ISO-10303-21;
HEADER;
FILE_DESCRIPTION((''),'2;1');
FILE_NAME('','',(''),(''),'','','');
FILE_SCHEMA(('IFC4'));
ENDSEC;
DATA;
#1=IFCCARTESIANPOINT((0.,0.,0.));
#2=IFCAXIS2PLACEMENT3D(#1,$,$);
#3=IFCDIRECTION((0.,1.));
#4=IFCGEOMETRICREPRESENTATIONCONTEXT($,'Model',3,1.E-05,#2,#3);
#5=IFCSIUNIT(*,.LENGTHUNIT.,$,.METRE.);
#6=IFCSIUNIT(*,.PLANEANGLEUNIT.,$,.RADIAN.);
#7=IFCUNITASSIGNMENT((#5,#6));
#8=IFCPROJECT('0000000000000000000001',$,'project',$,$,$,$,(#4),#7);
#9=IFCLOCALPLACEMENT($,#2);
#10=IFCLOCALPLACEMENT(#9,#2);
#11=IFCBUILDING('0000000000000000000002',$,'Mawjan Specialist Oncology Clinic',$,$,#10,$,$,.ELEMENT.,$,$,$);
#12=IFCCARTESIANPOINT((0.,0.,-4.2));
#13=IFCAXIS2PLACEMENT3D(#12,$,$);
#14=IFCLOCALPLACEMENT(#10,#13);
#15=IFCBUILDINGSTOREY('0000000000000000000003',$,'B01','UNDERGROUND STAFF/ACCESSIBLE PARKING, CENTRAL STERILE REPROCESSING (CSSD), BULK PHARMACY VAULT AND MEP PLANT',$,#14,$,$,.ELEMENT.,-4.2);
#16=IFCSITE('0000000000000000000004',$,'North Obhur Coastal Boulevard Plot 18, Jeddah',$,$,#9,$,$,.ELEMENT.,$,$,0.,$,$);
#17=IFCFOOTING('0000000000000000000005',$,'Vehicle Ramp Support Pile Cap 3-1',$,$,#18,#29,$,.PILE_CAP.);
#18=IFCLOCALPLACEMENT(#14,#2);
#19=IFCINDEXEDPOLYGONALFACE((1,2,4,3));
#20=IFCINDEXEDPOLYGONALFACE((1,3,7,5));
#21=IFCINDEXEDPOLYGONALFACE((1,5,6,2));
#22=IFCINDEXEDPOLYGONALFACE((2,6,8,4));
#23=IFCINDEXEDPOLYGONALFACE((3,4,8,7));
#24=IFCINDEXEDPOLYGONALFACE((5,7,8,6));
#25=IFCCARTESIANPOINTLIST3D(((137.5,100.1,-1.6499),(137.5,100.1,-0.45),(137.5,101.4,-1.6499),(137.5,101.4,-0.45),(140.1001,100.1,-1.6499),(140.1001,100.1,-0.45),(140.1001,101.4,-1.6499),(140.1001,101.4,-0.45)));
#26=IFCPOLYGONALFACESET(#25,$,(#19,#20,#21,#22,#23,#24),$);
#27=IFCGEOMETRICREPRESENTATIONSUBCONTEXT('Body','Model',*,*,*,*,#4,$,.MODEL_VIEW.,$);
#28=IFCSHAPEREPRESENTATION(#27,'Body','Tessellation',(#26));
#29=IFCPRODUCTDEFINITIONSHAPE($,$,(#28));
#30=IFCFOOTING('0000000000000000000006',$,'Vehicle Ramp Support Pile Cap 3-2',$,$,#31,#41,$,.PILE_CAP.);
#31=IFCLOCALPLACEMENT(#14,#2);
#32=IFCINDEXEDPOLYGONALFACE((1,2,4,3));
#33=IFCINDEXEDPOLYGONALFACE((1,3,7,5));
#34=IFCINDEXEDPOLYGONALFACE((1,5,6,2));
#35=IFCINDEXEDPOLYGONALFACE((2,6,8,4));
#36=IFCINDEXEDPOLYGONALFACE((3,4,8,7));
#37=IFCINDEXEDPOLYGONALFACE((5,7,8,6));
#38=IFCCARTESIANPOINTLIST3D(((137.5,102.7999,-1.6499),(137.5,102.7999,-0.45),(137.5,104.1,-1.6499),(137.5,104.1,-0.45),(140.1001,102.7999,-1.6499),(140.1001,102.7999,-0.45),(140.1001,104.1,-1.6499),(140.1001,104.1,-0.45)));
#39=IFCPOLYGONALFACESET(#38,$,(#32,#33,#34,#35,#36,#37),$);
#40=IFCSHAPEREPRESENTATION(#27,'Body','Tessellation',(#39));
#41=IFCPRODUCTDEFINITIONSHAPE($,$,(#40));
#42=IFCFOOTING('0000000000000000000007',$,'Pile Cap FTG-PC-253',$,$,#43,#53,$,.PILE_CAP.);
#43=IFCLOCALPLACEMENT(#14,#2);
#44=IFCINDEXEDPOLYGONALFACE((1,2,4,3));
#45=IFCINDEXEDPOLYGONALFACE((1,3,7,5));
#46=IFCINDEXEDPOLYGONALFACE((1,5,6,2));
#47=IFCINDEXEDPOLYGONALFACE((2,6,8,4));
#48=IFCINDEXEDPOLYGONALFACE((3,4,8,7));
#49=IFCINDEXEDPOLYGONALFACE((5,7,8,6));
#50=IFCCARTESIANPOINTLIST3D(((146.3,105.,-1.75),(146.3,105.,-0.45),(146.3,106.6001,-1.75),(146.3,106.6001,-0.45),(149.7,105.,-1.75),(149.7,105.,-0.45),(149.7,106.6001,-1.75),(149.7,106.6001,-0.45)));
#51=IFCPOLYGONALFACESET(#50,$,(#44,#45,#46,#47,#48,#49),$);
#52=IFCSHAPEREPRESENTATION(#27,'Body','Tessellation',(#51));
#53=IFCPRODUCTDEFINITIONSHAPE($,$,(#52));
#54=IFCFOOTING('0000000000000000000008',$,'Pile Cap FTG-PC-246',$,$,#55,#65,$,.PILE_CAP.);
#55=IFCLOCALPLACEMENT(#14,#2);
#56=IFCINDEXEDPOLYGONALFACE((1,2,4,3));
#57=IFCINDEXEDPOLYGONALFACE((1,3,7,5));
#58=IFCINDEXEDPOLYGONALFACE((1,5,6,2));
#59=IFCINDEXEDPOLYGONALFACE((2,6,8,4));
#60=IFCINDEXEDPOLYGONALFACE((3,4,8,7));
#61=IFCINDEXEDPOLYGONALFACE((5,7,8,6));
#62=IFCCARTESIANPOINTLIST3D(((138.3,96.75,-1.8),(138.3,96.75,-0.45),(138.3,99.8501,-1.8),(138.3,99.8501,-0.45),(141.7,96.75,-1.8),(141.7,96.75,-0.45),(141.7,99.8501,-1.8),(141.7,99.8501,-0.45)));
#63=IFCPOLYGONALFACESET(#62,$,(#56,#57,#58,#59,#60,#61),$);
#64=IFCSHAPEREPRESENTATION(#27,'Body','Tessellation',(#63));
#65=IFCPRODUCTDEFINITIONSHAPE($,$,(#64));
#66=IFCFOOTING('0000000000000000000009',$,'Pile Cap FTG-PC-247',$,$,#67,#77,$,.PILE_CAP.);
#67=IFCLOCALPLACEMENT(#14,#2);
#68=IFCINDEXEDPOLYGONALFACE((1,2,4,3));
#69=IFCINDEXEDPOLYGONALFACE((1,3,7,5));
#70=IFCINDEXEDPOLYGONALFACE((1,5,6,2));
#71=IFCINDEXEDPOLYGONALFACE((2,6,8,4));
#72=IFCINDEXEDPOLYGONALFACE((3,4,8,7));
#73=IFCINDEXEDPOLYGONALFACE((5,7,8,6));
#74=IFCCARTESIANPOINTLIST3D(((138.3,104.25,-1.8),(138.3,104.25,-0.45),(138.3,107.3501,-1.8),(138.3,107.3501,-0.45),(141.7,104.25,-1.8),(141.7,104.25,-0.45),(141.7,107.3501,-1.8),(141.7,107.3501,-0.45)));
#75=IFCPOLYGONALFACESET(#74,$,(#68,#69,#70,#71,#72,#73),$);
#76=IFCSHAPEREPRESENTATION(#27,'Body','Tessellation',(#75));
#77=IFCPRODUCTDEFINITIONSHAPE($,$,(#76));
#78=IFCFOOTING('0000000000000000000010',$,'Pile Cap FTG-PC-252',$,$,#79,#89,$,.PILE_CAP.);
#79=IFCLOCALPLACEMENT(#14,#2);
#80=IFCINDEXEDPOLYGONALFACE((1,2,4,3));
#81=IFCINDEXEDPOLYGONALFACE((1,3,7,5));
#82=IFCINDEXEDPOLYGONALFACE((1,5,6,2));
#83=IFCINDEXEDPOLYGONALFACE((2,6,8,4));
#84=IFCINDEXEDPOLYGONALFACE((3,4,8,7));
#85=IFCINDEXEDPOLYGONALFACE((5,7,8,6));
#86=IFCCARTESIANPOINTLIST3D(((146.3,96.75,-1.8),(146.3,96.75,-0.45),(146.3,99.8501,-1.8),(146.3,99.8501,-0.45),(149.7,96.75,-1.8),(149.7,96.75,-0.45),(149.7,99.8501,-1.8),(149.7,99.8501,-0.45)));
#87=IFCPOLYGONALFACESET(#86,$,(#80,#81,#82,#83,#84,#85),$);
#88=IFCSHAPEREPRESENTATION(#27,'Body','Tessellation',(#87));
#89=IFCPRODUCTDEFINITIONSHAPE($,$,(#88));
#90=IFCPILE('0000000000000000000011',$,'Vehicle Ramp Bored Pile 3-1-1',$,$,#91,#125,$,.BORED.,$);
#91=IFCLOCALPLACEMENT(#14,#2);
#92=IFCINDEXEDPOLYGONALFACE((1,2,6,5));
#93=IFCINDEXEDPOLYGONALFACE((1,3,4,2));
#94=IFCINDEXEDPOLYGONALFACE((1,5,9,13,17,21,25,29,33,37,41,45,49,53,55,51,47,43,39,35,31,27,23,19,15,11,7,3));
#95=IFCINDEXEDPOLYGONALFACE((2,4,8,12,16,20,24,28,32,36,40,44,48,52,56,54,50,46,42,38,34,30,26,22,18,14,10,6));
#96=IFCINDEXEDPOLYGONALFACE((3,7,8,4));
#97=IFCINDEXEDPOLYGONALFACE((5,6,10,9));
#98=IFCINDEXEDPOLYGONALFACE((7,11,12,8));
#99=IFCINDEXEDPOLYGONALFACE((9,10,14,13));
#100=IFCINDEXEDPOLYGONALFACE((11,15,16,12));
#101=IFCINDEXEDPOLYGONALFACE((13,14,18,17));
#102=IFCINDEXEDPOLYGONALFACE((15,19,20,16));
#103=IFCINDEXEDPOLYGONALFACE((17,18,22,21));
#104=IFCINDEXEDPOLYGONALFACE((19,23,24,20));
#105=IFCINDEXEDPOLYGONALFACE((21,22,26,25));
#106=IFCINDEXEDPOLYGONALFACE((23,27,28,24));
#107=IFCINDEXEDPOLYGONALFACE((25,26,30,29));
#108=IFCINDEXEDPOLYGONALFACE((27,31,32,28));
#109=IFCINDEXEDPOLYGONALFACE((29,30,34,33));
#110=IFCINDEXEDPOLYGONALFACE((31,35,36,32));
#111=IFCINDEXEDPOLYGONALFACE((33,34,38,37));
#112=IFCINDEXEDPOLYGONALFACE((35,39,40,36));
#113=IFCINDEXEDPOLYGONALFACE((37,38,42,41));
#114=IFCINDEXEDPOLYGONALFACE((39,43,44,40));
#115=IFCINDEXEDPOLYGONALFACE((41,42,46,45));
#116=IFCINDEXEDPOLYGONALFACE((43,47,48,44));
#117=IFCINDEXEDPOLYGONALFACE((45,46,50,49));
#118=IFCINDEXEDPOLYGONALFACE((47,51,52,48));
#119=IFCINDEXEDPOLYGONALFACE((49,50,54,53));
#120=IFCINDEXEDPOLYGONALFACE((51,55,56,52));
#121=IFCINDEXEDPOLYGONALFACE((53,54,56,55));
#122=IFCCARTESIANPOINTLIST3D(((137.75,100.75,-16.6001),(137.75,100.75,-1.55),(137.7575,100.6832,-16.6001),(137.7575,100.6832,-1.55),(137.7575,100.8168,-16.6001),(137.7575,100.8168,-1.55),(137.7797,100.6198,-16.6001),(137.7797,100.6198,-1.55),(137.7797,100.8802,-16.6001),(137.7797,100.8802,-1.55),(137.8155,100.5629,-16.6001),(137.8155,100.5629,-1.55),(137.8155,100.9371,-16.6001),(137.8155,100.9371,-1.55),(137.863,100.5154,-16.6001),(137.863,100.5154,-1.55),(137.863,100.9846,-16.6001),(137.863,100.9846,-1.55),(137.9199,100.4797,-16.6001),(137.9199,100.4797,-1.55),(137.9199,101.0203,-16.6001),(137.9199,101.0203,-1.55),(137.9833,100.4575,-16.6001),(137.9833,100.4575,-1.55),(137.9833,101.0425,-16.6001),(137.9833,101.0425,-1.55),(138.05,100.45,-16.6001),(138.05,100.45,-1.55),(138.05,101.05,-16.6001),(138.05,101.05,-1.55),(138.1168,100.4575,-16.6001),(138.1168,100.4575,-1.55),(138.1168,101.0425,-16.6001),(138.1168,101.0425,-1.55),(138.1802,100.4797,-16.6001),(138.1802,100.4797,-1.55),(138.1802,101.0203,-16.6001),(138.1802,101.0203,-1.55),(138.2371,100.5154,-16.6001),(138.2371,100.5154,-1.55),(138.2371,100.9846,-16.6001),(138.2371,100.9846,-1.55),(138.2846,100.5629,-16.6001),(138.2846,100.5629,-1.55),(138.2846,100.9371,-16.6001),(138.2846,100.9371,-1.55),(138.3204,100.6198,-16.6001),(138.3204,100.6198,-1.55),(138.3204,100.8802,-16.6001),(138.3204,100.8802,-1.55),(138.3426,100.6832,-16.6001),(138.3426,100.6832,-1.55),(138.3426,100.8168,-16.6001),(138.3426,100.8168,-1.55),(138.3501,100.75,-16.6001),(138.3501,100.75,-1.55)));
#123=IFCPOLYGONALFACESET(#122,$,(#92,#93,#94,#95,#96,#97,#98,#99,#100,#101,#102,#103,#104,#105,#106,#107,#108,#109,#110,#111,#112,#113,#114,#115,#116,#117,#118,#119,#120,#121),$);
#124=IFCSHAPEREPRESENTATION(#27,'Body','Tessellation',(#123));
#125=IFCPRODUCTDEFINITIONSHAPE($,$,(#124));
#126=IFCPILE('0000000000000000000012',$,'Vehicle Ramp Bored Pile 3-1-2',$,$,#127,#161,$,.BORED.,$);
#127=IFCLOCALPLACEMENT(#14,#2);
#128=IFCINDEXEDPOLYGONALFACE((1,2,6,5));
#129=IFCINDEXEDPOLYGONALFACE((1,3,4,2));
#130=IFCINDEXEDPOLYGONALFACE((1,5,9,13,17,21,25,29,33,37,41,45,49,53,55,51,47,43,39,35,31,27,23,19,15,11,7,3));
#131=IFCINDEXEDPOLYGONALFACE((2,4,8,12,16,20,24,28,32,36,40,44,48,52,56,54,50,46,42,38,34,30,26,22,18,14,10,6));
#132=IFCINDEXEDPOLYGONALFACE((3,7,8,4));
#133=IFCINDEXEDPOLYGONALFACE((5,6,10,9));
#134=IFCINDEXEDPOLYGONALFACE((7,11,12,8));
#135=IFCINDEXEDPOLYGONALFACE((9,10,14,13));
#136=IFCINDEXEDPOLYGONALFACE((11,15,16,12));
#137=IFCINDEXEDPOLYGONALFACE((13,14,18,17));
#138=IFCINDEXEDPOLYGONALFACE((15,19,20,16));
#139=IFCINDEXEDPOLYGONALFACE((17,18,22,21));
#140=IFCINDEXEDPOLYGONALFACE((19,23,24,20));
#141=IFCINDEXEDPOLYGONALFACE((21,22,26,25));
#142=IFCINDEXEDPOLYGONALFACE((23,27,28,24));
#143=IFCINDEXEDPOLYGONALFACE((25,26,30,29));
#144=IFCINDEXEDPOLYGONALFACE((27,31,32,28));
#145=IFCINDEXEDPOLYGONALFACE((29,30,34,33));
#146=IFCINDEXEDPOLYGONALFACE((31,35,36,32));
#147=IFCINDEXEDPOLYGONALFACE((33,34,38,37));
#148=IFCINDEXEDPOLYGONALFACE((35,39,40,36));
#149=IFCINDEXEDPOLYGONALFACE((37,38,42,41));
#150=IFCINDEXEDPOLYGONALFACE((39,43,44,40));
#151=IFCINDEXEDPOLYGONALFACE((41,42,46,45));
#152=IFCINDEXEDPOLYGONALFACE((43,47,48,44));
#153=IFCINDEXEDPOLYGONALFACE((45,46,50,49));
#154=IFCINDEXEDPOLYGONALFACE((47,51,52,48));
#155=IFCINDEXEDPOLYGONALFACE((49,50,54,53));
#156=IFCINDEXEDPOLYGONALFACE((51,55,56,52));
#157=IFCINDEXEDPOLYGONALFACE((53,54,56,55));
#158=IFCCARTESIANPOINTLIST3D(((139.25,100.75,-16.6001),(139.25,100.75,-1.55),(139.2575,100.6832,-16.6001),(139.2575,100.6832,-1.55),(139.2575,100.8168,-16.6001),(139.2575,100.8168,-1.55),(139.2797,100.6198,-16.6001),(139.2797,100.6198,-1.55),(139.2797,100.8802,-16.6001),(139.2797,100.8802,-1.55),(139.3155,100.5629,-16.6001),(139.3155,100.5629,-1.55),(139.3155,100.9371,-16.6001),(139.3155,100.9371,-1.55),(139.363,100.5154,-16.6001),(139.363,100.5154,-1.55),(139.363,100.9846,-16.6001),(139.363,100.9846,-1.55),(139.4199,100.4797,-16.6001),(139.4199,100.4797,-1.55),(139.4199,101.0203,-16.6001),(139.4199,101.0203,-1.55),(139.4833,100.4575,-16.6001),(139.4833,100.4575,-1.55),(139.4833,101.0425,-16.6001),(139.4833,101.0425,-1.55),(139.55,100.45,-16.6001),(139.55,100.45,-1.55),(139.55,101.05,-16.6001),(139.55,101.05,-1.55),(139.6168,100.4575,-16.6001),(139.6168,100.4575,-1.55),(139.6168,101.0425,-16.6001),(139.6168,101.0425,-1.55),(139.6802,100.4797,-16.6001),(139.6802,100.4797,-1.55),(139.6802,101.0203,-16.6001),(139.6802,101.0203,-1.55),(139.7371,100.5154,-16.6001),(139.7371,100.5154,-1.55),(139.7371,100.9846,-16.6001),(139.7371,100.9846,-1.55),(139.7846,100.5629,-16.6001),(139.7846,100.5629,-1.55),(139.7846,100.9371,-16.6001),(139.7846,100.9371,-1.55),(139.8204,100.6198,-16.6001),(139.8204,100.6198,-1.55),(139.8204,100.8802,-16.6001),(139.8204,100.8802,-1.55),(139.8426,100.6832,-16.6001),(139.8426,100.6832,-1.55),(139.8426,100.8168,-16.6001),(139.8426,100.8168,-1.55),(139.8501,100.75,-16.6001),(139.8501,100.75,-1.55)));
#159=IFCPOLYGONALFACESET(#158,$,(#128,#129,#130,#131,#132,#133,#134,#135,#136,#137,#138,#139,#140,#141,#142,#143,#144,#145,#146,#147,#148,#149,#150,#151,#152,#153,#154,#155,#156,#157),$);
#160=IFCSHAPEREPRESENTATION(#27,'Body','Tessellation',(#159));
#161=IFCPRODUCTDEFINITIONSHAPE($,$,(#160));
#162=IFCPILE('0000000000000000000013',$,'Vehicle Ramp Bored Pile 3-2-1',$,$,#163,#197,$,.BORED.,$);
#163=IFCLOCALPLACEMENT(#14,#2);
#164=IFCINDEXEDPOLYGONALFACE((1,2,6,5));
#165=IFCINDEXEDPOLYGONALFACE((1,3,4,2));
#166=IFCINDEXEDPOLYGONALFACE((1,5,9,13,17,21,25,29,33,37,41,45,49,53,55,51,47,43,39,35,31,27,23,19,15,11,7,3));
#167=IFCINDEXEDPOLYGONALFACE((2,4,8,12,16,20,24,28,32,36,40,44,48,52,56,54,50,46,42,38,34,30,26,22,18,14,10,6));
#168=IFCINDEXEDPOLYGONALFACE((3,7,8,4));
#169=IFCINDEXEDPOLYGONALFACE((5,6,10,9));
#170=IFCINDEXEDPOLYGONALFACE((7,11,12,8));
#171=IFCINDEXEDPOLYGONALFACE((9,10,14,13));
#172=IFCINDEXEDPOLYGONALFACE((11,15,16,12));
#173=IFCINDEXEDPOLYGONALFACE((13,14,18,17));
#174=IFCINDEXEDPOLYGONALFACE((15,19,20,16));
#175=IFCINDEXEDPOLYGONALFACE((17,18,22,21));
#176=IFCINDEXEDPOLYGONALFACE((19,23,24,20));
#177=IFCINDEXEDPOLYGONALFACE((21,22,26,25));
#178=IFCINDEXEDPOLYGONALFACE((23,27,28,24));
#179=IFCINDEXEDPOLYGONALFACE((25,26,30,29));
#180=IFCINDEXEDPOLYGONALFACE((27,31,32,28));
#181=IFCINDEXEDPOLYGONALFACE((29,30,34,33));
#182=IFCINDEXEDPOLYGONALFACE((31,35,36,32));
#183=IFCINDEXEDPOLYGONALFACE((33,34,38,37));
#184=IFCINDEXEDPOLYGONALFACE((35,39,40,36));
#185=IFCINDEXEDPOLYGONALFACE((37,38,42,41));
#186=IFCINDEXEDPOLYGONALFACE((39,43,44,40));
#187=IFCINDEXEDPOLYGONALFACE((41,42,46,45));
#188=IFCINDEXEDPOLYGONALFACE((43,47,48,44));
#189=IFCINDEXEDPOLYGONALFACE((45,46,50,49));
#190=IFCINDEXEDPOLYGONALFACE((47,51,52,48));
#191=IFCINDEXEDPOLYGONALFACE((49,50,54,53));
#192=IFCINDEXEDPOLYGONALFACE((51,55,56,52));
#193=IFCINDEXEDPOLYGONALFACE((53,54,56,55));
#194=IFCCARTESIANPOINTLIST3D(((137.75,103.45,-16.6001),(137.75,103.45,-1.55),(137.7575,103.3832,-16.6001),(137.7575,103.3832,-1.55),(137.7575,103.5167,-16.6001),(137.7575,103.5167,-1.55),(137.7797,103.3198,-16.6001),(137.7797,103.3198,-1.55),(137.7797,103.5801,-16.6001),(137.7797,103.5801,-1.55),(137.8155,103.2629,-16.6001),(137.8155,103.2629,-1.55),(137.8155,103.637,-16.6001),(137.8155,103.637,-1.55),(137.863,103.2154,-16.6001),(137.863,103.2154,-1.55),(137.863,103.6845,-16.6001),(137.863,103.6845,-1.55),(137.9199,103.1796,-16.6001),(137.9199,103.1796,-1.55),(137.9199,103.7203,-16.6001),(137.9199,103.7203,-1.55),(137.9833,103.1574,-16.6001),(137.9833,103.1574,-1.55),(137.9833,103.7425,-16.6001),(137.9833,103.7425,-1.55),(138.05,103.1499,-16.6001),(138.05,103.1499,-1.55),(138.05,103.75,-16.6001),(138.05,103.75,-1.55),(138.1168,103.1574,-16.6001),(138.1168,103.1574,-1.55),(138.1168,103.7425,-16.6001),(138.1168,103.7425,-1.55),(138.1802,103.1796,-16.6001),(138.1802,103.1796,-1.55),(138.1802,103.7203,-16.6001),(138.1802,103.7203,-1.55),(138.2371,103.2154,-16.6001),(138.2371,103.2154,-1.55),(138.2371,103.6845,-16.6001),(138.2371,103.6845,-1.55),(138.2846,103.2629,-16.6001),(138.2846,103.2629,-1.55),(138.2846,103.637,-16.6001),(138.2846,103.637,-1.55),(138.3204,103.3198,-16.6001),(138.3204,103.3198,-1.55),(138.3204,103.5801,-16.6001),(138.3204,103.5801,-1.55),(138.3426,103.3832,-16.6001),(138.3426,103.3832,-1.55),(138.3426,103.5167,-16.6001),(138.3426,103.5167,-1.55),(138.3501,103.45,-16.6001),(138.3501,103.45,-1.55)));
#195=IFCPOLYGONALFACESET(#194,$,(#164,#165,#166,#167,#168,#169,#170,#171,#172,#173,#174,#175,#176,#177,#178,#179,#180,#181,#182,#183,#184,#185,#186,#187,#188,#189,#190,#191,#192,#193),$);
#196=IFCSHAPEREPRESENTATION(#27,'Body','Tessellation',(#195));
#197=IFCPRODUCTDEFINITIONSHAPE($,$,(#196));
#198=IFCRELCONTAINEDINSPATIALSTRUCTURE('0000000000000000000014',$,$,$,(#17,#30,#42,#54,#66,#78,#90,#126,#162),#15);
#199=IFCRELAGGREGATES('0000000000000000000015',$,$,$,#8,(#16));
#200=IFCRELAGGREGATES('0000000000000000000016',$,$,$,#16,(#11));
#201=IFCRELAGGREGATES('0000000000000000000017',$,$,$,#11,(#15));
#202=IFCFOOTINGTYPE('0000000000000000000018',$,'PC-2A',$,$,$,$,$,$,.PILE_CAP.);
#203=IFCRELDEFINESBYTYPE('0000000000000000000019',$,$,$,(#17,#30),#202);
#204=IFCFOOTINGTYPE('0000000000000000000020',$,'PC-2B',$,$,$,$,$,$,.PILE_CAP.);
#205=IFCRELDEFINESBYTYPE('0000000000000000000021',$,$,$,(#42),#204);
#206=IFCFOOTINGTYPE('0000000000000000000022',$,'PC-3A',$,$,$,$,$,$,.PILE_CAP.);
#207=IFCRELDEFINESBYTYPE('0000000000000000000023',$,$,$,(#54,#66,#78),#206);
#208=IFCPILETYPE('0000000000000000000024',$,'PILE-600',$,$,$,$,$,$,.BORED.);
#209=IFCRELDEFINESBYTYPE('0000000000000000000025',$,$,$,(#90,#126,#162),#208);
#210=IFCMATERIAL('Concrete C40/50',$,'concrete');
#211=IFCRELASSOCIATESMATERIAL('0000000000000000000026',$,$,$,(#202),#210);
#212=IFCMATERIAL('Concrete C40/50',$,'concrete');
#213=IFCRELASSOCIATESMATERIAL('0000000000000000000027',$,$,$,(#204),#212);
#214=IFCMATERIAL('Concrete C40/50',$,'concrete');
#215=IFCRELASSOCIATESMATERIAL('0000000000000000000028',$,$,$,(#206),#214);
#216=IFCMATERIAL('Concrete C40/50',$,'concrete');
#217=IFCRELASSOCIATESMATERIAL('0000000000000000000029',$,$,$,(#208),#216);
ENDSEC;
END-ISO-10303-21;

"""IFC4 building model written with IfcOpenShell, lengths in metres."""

from ifc_helpers import new_model, si_unit, direction, frame, origin, origin_2d, place, context, subcontext, project, spatial, rectangle, circle, extrude, material, material_profile, profile_set, type_object, element, save


model = new_model("IFC4")

# Units and contexts
model_context = context("Model", 3, precision=1e-05, world=origin(), true_north=direction((0.0, 1.0)))
body_context = subcontext(model_context, "Body", "Model", "MODEL_VIEW")
ifc_project = project(units=[si_unit("LENGTHUNIT", "METRE"), si_unit("PLANEANGLEUNIT", "RADIAN")], contexts=[model_context])

# Site, building, storey
site_placement = place(None, origin())
site = spatial("IfcSite", under=ifc_project, at=site_placement, Name="North Obhur Coastal Boulevard Plot 18, Jeddah", CompositionType="ELEMENT", RefElevation=0.0)
building_placement = place(site_placement, origin())
building = spatial("IfcBuilding", under=site, at=building_placement, Name="Mawjan Specialist Oncology Clinic", CompositionType="ELEMENT")
storey_placement = place(building_placement, frame((0.0, 0.0, -4.2)))
storey = spatial("IfcBuildingStorey", under=building, at=storey_placement, Name="B01", Description="UNDERGROUND STAFF/ACCESSIBLE PARKING, CENTRAL STERILE REPROCESSING (CSSD), BULK PHARMACY VAULT AND MEP PLANT", CompositionType="ELEMENT", Elevation=-4.2)

# Footings
ifc_material_1 = material(Name="Concrete C40/50", Category="concrete")
footing_type_1 = type_object("IfcFootingType", Name="PC-2A", PredefinedType="PILE_CAP", material=ifc_material_1)
for number, where, z_axis, x_axis, name in (
    (1, (138.8, 100.75, -1.6499), (0.0, 0.0, 1.0), (1.0, 0.0, 0.0), "Vehicle Ramp Support Pile Cap 3-1"),
    (2, (138.8, 103.45, -1.6499), (0.0, 0.0, 1.0), (1.0, 0.0, 0.0), "Vehicle Ramp Support Pile Cap 3-2"),
):
    element("IfcFooting", number, at=place(storey_placement, frame(where, z_axis=z_axis, x_axis=x_axis)), inside=storey, type_object=footing_type_1, Name=name, PredefinedType="PILE_CAP", context=body_context, shape_type="SweptSolid", body=[
        extrude(rectangle(XDim=2.6001, YDim=1.3, at=origin_2d()), origin(), (0.0, 0.0, 1.0), 1.2),
    ])
ifc_material_2 = material(Name="Concrete C40/50", Category="concrete")
footing_type_2 = type_object("IfcFootingType", Name="PC-2B", PredefinedType="PILE_CAP", material=ifc_material_2)
footing_placement = place(storey_placement, frame((148.0, 105.8, -1.75), z_axis=(0.0, 0.0, 1.0), x_axis=(1.0, 0.0, 0.0)))
element("IfcFooting", 3, at=footing_placement, inside=storey, type_object=footing_type_2, Name="Pile Cap FTG-PC-253", PredefinedType="PILE_CAP", context=body_context, shape_type="SweptSolid", body=[
    extrude(rectangle(XDim=3.3999, YDim=1.6001, at=origin_2d()), origin(), (0.0, 0.0, 1.0), 1.3),
])
ifc_material_3 = material(Name="Concrete C40/50", Category="concrete")
footing_type_3 = type_object("IfcFootingType", Name="PC-3A", PredefinedType="PILE_CAP", material=ifc_material_3)
for number, where, z_axis, x_axis, name in (
    (4, (140.0, 98.3, -1.8), (0.0, 0.0, 1.0), (1.0, 0.0, 0.0), "Pile Cap FTG-PC-246"),
    (5, (140.0, 105.8, -1.8), (0.0, 0.0, 1.0), (1.0, 0.0, 0.0), "Pile Cap FTG-PC-247"),
    (6, (148.0, 98.3, -1.8), (0.0, 0.0, 1.0), (1.0, 0.0, 0.0), "Pile Cap FTG-PC-252"),
):
    element("IfcFooting", number, at=place(storey_placement, frame(where, z_axis=z_axis, x_axis=x_axis)), inside=storey, type_object=footing_type_3, Name=name, PredefinedType="PILE_CAP", context=body_context, shape_type="SweptSolid", body=[
        extrude(rectangle(XDim=3.3999, YDim=3.1001, at=origin_2d()), origin(), (0.0, 0.0, 1.0), 1.3501),
    ])

# Piles
ifc_material_4 = material(Name="Concrete C40/50", Category="concrete")
ifc_material_profile_1 = material_profile(ifc_material_4, circle(Radius=0.3, at=origin_2d()), Name="BORED PILE D600", Category="concrete")
ifc_profile_set_1 = profile_set([ifc_material_profile_1], Name="Concrete C40/50")
pile_type_1 = type_object("IfcPileType", Name="PILE-600", PredefinedType="BORED", material=ifc_profile_set_1)
for number, where, z_axis, x_axis, name in (
    (7, (138.05, 100.75, -1.55), (0.0, 0.0, -1.0), (1.0, 0.0, 0.0), "Vehicle Ramp Bored Pile 3-1-1"),
    (8, (139.55, 100.75, -1.55), (0.0, 0.0, -1.0), (1.0, 0.0, 0.0), "Vehicle Ramp Bored Pile 3-1-2"),
    (9, (138.05, 103.45, -1.55), (0.0, 0.0, -1.0), (1.0, 0.0, 0.0), "Vehicle Ramp Bored Pile 3-2-1"),
):
    element("IfcPile", number, at=place(storey_placement, frame(where, z_axis=z_axis, x_axis=x_axis)), inside=storey, type_object=pile_type_1, Name=name, PredefinedType="BORED", context=body_context, shape_type="SweptSolid", body=[
        extrude(circle(Radius=0.3, at=origin_2d()), origin(), (0.0, 0.0, 1.0), 15.05),
    ])

save(model, "model.ifc")
